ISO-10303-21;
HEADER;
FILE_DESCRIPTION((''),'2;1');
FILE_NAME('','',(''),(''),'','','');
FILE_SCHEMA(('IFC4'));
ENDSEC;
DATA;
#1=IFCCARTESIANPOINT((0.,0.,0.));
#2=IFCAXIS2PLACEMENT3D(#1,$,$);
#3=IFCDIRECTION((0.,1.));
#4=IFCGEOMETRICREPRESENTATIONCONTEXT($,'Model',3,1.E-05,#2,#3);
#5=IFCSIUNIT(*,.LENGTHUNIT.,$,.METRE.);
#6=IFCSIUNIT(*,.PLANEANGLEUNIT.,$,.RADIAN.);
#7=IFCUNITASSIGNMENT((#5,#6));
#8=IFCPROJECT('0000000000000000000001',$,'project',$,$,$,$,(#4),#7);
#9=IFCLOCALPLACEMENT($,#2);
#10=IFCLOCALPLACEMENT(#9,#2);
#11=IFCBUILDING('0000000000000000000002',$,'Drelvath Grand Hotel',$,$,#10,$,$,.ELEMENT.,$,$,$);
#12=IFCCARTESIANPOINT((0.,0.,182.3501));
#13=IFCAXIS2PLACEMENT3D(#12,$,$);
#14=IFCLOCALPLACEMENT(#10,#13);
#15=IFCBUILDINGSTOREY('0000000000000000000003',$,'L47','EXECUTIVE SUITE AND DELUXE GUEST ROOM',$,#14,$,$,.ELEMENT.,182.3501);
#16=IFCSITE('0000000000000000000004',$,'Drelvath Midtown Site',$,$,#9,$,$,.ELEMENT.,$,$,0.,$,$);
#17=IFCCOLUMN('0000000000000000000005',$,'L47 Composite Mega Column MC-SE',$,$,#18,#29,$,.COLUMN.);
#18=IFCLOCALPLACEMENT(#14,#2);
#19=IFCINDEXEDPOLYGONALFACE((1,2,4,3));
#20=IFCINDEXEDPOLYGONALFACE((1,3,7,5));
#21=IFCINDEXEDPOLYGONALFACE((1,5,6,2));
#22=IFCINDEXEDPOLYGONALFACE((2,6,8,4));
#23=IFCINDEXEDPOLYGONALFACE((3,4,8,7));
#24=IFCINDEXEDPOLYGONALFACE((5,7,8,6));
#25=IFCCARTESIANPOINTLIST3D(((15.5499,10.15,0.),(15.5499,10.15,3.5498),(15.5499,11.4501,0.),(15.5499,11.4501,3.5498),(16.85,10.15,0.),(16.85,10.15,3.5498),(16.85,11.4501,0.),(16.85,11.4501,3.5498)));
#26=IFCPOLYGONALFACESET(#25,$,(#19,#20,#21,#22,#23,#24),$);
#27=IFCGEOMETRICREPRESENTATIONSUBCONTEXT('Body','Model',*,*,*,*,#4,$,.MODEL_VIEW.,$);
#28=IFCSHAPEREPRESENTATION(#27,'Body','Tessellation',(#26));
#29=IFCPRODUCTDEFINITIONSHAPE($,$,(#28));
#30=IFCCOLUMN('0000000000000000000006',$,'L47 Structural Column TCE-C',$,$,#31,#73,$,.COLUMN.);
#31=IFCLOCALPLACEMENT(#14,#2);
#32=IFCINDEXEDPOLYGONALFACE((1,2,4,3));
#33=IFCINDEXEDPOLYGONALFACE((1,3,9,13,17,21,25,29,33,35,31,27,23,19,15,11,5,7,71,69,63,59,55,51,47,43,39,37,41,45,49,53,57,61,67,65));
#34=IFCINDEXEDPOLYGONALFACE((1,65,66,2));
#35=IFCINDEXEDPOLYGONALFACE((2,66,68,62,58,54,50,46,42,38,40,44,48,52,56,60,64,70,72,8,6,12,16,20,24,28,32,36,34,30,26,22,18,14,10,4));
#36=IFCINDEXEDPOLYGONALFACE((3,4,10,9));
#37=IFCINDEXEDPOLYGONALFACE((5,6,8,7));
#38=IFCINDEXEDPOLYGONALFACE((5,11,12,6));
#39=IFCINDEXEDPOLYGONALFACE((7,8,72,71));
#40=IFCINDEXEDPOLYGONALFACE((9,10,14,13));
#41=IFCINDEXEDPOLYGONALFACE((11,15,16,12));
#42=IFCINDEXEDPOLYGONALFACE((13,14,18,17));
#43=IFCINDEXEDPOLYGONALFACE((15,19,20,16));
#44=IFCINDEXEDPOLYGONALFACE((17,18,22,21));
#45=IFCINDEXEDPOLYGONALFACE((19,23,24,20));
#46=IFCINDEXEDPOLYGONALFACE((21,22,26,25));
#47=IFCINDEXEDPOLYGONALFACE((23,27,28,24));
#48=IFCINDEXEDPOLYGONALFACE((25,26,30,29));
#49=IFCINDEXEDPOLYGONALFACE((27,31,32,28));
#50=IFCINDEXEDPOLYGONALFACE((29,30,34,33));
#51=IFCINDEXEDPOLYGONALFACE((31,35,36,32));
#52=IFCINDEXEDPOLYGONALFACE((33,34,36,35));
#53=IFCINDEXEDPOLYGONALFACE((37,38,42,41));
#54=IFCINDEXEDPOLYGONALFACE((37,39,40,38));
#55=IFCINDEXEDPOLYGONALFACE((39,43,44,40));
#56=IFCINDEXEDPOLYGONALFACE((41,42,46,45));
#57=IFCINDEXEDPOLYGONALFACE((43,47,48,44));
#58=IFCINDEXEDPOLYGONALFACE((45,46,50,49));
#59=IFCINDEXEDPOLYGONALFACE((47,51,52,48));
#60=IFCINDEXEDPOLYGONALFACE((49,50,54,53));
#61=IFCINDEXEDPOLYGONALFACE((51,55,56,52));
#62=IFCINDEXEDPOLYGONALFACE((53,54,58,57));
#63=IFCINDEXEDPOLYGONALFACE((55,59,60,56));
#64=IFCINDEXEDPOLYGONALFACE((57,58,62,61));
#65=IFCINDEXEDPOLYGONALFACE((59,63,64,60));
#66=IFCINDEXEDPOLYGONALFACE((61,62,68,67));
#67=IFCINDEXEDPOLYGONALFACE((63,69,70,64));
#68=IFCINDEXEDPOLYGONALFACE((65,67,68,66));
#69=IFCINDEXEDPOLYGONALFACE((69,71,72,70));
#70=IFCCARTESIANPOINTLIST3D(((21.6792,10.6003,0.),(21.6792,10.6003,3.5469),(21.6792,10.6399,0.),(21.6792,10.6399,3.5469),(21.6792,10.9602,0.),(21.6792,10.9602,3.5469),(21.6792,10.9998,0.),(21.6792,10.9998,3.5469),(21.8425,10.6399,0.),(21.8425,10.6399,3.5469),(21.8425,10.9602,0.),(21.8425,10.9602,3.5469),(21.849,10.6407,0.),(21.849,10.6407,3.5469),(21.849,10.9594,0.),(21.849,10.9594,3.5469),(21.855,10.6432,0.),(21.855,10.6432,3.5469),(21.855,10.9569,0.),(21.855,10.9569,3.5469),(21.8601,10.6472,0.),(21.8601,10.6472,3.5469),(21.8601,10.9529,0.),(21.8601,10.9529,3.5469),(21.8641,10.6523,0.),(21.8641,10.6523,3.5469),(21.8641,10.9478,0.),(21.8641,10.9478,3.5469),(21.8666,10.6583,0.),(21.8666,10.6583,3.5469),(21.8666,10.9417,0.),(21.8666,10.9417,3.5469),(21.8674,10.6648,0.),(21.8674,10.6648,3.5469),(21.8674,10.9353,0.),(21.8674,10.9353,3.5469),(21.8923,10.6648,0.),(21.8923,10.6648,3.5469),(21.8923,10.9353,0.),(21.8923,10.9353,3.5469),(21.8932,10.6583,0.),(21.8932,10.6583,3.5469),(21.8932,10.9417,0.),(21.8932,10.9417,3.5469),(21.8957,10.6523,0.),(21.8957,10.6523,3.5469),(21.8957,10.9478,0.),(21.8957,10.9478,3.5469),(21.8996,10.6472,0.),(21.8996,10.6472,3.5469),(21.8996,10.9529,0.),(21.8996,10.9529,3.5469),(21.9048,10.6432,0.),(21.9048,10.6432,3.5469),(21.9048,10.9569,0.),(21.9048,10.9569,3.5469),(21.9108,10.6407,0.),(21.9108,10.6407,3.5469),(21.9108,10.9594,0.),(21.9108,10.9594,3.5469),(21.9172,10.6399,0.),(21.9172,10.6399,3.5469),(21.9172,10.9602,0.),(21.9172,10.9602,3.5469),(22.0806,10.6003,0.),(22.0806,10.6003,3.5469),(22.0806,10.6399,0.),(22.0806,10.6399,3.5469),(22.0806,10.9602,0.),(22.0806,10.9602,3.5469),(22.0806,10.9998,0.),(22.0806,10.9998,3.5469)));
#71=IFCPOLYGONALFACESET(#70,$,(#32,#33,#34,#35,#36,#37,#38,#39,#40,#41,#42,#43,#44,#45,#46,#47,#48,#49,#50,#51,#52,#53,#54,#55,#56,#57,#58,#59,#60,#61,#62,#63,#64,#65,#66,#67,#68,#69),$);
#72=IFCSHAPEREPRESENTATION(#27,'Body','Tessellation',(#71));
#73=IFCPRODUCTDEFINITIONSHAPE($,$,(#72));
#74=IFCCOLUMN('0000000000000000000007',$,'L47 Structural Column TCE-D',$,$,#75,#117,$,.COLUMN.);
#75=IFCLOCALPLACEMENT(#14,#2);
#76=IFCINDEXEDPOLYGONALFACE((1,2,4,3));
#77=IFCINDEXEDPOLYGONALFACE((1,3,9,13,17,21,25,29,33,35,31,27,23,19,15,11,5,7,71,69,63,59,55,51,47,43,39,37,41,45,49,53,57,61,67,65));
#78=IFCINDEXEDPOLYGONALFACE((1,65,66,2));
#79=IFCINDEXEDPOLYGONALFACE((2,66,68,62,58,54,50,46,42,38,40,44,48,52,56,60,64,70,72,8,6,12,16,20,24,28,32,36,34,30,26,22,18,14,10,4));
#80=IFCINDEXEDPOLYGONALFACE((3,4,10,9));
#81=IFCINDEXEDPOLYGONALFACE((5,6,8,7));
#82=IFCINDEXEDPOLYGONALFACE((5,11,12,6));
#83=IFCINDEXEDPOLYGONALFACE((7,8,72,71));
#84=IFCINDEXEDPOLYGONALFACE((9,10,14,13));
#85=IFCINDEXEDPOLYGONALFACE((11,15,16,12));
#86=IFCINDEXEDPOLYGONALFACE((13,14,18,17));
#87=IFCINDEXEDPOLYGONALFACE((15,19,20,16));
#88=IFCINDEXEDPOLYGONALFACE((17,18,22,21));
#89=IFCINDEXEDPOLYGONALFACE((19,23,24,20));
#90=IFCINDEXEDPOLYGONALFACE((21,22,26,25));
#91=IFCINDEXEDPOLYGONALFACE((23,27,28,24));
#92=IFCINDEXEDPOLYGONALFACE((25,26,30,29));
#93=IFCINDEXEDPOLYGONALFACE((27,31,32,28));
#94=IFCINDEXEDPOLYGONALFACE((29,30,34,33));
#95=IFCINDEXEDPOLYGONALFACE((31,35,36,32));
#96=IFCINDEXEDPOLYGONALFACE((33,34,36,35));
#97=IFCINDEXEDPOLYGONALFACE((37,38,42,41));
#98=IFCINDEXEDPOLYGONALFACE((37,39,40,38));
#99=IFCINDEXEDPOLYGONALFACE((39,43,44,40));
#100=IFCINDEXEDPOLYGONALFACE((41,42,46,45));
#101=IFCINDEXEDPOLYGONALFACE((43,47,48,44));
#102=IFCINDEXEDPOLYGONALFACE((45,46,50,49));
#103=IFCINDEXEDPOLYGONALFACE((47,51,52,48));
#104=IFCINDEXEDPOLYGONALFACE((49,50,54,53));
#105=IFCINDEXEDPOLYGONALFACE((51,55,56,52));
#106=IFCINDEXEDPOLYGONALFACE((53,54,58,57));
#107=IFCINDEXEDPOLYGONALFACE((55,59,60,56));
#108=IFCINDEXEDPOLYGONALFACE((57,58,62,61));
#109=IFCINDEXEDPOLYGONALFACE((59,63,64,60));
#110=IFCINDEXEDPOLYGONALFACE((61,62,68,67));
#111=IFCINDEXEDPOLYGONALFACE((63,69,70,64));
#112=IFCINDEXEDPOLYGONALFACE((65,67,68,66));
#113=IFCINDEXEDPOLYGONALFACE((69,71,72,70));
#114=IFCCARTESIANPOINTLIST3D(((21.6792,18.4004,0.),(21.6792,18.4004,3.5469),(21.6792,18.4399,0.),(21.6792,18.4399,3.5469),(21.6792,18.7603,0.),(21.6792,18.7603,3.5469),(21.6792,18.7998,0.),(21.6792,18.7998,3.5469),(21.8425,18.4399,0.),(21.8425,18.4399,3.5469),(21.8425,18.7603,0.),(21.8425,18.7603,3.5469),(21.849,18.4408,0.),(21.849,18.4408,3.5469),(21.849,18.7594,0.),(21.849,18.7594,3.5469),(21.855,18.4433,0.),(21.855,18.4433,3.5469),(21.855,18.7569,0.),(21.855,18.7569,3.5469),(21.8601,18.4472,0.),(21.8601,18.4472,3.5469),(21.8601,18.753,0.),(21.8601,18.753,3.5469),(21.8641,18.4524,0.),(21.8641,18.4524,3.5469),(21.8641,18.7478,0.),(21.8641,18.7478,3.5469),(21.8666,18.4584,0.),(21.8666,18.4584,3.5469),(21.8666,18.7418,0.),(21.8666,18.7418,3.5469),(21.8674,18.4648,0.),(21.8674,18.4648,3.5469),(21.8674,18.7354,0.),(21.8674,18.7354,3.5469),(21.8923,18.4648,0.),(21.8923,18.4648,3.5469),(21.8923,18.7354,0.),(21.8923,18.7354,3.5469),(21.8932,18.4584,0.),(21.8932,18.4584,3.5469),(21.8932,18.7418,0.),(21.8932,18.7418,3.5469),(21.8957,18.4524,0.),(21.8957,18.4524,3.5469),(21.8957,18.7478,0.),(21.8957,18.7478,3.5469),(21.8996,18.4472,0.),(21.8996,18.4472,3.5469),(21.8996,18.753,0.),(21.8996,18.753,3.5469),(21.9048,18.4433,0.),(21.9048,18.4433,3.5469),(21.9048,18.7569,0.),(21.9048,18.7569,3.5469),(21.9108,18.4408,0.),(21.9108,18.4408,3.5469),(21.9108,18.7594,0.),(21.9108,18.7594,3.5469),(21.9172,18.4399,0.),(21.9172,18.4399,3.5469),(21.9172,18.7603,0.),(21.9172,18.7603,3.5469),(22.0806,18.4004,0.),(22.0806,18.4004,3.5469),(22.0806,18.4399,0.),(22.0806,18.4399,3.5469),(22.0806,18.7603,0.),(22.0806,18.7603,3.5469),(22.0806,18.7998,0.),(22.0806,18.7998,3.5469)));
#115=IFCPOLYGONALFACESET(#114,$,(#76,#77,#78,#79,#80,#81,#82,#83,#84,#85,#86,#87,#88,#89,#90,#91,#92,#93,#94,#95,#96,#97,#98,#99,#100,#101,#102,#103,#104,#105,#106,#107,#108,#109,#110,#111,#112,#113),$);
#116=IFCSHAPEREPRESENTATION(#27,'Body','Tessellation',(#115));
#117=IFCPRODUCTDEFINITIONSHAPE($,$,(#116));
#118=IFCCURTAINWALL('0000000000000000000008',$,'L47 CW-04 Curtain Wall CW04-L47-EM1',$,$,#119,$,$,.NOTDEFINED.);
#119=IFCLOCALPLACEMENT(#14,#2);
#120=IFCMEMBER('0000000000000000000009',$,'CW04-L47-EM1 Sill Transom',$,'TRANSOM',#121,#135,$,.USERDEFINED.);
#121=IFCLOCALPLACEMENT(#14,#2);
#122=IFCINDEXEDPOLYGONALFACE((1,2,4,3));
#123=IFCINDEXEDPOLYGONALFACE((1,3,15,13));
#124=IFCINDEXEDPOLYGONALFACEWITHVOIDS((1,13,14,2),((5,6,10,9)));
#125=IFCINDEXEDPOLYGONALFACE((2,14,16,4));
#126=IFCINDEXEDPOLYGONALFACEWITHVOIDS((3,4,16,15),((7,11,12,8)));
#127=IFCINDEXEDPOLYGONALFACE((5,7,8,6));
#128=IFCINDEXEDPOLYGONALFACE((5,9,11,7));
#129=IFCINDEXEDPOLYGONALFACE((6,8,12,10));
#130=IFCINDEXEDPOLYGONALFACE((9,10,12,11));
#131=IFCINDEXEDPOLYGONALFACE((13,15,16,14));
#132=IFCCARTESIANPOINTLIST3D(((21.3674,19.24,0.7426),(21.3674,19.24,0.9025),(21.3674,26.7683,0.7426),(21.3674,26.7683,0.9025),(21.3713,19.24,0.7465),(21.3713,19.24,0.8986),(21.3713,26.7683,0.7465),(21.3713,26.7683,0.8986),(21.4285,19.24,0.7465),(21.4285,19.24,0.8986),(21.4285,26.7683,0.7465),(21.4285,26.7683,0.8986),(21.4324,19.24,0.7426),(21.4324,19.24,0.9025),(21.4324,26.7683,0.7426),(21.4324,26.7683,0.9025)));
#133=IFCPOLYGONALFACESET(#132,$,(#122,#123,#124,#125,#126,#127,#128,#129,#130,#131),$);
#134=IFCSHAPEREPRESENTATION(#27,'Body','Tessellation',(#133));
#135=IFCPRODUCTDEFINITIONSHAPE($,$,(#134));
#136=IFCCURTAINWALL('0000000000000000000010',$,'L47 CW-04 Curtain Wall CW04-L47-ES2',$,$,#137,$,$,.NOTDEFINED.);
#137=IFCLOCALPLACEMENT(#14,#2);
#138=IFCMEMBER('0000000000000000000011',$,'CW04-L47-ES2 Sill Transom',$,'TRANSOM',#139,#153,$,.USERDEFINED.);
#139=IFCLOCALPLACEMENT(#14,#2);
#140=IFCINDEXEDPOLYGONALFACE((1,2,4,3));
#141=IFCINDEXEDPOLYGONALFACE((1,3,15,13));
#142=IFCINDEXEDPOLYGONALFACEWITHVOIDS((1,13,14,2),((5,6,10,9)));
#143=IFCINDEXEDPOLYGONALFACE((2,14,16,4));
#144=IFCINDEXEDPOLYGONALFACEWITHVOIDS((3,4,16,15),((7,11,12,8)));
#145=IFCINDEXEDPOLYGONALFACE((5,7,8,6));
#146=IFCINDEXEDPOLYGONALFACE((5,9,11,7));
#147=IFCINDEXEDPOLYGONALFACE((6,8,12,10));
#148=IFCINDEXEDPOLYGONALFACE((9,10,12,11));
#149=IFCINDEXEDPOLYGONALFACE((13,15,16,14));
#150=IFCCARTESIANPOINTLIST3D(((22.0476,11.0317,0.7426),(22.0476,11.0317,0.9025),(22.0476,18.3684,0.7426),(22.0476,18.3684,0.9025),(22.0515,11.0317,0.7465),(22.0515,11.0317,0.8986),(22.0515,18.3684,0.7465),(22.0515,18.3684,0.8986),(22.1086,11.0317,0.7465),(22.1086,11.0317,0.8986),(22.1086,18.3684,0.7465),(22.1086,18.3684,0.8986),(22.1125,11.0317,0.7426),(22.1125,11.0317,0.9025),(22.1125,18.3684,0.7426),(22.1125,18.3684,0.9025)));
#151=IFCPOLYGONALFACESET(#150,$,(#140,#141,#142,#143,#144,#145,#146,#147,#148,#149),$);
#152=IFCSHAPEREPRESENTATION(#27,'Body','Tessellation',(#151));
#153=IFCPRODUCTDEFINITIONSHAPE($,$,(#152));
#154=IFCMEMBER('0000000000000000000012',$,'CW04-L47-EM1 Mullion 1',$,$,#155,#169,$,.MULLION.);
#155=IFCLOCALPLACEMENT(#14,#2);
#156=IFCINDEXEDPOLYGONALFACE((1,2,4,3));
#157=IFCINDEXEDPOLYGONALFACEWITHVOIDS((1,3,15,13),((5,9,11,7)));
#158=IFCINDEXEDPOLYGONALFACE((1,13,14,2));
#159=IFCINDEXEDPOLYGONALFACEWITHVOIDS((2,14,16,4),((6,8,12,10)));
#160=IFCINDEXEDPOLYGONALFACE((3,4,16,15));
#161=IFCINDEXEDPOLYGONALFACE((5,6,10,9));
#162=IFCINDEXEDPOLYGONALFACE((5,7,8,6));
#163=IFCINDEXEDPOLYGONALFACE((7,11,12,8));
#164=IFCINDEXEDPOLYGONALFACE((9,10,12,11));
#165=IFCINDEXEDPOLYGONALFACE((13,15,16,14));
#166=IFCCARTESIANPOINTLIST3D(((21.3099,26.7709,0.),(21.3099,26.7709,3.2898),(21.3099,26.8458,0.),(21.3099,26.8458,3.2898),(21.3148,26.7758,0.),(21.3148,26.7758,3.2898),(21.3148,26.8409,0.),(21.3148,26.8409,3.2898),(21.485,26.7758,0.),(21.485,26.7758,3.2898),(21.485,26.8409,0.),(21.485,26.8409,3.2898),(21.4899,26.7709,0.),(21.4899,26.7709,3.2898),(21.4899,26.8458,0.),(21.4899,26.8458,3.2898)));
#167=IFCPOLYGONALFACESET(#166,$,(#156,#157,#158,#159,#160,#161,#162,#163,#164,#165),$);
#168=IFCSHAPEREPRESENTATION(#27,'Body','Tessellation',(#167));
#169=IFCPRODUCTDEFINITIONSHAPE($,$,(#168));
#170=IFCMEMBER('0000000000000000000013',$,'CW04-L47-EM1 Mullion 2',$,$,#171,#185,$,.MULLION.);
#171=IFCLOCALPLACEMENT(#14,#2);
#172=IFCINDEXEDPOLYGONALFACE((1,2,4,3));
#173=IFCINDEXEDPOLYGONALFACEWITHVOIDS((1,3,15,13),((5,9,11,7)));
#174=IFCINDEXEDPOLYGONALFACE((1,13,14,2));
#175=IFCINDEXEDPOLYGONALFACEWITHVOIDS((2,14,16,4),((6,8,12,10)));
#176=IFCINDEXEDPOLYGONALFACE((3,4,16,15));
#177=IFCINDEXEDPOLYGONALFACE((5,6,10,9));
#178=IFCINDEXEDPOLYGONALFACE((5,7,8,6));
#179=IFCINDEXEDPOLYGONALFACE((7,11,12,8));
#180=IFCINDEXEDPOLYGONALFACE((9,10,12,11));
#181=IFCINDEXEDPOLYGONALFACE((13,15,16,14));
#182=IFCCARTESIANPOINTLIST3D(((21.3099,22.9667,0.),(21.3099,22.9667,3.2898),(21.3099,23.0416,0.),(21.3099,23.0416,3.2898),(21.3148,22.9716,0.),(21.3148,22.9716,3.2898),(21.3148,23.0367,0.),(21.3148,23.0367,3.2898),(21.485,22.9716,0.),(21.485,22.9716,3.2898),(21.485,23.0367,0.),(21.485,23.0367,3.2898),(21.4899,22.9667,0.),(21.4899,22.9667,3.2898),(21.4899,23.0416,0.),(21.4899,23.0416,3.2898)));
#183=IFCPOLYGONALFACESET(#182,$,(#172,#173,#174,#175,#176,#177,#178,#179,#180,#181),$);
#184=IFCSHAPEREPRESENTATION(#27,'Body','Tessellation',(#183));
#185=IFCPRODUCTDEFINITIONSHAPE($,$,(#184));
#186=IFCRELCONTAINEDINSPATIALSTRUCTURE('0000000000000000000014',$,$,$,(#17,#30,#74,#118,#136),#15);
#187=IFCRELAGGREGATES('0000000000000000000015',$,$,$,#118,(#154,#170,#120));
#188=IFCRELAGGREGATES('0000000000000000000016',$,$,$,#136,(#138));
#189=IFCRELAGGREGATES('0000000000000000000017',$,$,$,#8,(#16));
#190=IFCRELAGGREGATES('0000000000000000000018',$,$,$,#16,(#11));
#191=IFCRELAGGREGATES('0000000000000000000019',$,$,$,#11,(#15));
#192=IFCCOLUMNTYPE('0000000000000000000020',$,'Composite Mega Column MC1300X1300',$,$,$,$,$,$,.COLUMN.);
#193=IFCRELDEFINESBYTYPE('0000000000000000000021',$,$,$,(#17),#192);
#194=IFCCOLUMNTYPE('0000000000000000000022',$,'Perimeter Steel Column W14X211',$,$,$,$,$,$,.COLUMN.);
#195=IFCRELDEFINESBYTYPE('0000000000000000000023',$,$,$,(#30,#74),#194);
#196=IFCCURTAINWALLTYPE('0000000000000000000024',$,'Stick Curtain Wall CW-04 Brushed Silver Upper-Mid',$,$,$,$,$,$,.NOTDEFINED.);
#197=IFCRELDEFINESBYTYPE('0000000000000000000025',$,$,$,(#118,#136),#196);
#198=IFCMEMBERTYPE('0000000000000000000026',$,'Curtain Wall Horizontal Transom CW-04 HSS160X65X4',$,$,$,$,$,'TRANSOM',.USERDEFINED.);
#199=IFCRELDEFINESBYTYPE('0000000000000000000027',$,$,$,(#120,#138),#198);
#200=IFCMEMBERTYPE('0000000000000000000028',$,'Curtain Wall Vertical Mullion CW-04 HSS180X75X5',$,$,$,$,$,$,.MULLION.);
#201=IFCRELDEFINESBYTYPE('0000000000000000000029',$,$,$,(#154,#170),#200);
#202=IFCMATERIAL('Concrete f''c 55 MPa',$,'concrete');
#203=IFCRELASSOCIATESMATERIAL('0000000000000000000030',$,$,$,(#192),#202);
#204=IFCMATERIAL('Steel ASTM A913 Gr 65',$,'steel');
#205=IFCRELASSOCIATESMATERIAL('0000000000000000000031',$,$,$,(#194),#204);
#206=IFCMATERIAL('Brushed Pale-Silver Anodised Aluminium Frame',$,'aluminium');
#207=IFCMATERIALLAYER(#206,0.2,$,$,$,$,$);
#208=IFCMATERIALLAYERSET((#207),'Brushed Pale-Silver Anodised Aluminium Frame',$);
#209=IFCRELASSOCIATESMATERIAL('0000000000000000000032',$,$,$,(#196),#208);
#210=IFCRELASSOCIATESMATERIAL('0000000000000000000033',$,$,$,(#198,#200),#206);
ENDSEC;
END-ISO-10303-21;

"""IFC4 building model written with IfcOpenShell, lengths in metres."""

from ifc_helpers import new_model, si_unit, direction, frame, origin, origin_2d, place, context, subcontext, project, spatial, rectangle, hollow_rectangle, i_section, extrude, material, layer, layer_set, material_profile, profile_set, type_object, element, aggregate, save


model = new_model("IFC4")

# Units and contexts
model_context = context("Model", 3, precision=1e-05, world=origin(), true_north=direction((0.0, 1.0)))
body_context = subcontext(model_context, "Body", "Model", "MODEL_VIEW")
ifc_project = project(units=[si_unit("LENGTHUNIT", "METRE"), si_unit("PLANEANGLEUNIT", "RADIAN")], contexts=[model_context])

# Site, building, storey
site_placement = place(None, origin())
site = spatial("IfcSite", under=ifc_project, at=site_placement, Name="Drelvath Midtown Site", CompositionType="ELEMENT", RefElevation=0.0)
building_placement = place(site_placement, origin())
building = spatial("IfcBuilding", under=site, at=building_placement, Name="Drelvath Grand Hotel", CompositionType="ELEMENT")
storey_placement = place(building_placement, frame((0.0, 0.0, 182.3501)))
storey = spatial("IfcBuildingStorey", under=building, at=storey_placement, Name="L47", Description="EXECUTIVE SUITE AND DELUXE GUEST ROOM", CompositionType="ELEMENT", Elevation=182.3501)

# Columns
ifc_material_1 = material(Name="Concrete f'c 55 MPa", Category="concrete")
ifc_material_profile_1 = material_profile(ifc_material_1, rectangle(XDim=1.3, YDim=1.3, at=origin_2d()), Name="MC1300X1300")
ifc_profile_set_1 = profile_set([ifc_material_profile_1], Name="Concrete f'c 55 MPa")
column_type_1 = type_object("IfcColumnType", Name="Composite Mega Column MC1300X1300", PredefinedType="COLUMN", material=ifc_profile_set_1)
column_placement = place(storey_placement, frame((16.2, 10.8, 0.0), z_axis=(0.0, 0.0, 1.0), x_axis=(1.0, 0.0, 0.0)))
element("IfcColumn", 1, at=column_placement, inside=storey, type_object=column_type_1, Name="L47 Composite Mega Column MC-SE", PredefinedType="COLUMN", context=body_context, shape_type="SweptSolid", body=[
    extrude(rectangle(XDim=1.3, YDim=1.3, at=origin_2d()), origin(), (0.0, 0.0, 1.0), 3.5498),
])
ifc_material_2 = material(Name="Steel ASTM A913 Gr 65", Category="steel")
ifc_material_profile_2 = material_profile(ifc_material_2, i_section(OverallWidth=0.4014, OverallDepth=0.3994, WebThickness=0.0249, FlangeThickness=0.0396, FilletRadius=0.0249, at=origin_2d()), Name="W14X211")
ifc_profile_set_2 = profile_set([ifc_material_profile_2], Name="Steel ASTM A913 Gr 65")
column_type_2 = type_object("IfcColumnType", Name="Perimeter Steel Column W14X211", PredefinedType="COLUMN", material=ifc_profile_set_2)
for number, where, z_axis, x_axis, name in (
    (2, (21.8799, 10.8, 0.0), (0.0, 0.0, 1.0), (1.0, 0.0, 0.0), "L47 Structural Column TCE-C"),
    (3, (21.8799, 18.6001, 0.0), (0.0, 0.0, 1.0), (1.0, 0.0, 0.0), "L47 Structural Column TCE-D"),
):
    element("IfcColumn", number, at=place(storey_placement, frame(where, z_axis=z_axis, x_axis=x_axis)), inside=storey, type_object=column_type_2, Name=name, PredefinedType="COLUMN", context=body_context, shape_type="SweptSolid", body=[
        extrude(i_section(OverallWidth=0.4014, OverallDepth=0.3994, WebThickness=0.0249, FlangeThickness=0.0396, FilletRadius=0.0249, at=origin_2d()), origin(), (0.0, 0.0, 1.0), 3.5469),
    ])

# Curtain walls, members
ifc_material_3 = material(Name="Brushed Pale-Silver Anodised Aluminium Frame", Category="aluminium")
ifc_layer_1 = layer(ifc_material_3, 0.2)
ifc_layer_set_1 = layer_set([ifc_layer_1], Name="Brushed Pale-Silver Anodised Aluminium Frame")
curtain_wall_type = type_object("IfcCurtainWallType", Name="Stick Curtain Wall CW-04 Brushed Silver Upper-Mid", PredefinedType="NOTDEFINED", material=ifc_layer_set_1)
curtain_wall_1_placement = place(storey_placement, origin())
curtain_wall_1 = element("IfcCurtainWall", 4, at=curtain_wall_1_placement, inside=storey, type_object=curtain_wall_type, Name="L47 CW-04 Curtain Wall CW04-L47-EM1", PredefinedType="NOTDEFINED")
ifc_material_profile_3 = material_profile(ifc_material_3, hollow_rectangle(XDim=0.0649, YDim=0.1599, WallThickness=0.0039, at=origin_2d()), Name="HSS160X65X4")
ifc_profile_set_3 = profile_set([ifc_material_profile_3], Name="Brushed Pale-Silver Anodised Aluminium Frame")
member_type_1 = type_object("IfcMemberType", Name="Curtain Wall Horizontal Transom CW-04 HSS160X65X4", ElementType="TRANSOM", PredefinedType="USERDEFINED", material=ifc_profile_set_3)
member_1_placement = place(storey_placement, frame((21.3999, 26.7683, 0.8225), z_axis=(0.0, -1.0, 0.0), x_axis=(1.0, 0.0, 0.0)))
member_1 = element("IfcMember", 5, at=member_1_placement, type_object=member_type_1, Name="CW04-L47-EM1 Sill Transom", ObjectType="TRANSOM", PredefinedType="USERDEFINED", context=body_context, shape_type="SweptSolid", body=[
    extrude(hollow_rectangle(XDim=0.0649, YDim=0.1599, WallThickness=0.0039, at=origin_2d()), origin(), (0.0, 0.0, 1.0), 7.5283),
])
curtain_wall_2_placement = place(storey_placement, origin())
curtain_wall_2 = element("IfcCurtainWall", 6, at=curtain_wall_2_placement, inside=storey, type_object=curtain_wall_type, Name="L47 CW-04 Curtain Wall CW04-L47-ES2", PredefinedType="NOTDEFINED")
member_2_placement = place(storey_placement, frame((22.0801, 18.3684, 0.8225), z_axis=(0.0, -1.0, 0.0), x_axis=(1.0, 0.0, 0.0)))
member_2 = element("IfcMember", 7, at=member_2_placement, type_object=member_type_1, Name="CW04-L47-ES2 Sill Transom", ObjectType="TRANSOM", PredefinedType="USERDEFINED", context=body_context, shape_type="SweptSolid", body=[
    extrude(hollow_rectangle(XDim=0.0649, YDim=0.1599, WallThickness=0.0039, at=origin_2d()), origin(), (0.0, 0.0, 1.0), 7.3367),
])

# Members
ifc_material_profile_4 = material_profile(ifc_material_3, hollow_rectangle(XDim=0.075, YDim=0.1799, WallThickness=0.0049, at=origin_2d()), Name="HSS180X75X5")
ifc_profile_set_4 = profile_set([ifc_material_profile_4], Name="Brushed Pale-Silver Anodised Aluminium Frame")
member_type_2 = type_object("IfcMemberType", Name="Curtain Wall Vertical Mullion CW-04 HSS180X75X5", PredefinedType="MULLION", material=ifc_profile_set_4)
member_3_placement = place(storey_placement, frame((21.3999, 26.8083, 0.0), z_axis=(0.0, 0.0, 1.0), x_axis=(0.0, 1.0, 0.0)))
member_3 = element("IfcMember", 8, at=member_3_placement, type_object=member_type_2, Name="CW04-L47-EM1 Mullion 1", PredefinedType="MULLION", context=body_context, shape_type="SweptSolid", body=[
    extrude(hollow_rectangle(XDim=0.075, YDim=0.1799, WallThickness=0.0049, at=origin_2d()), origin(), (0.0, 0.0, 1.0), 3.2898),
])
member_4_placement = place(storey_placement, frame((21.3999, 23.0042, 0.0), z_axis=(0.0, 0.0, 1.0), x_axis=(0.0, 1.0, 0.0)))
member_4 = element("IfcMember", 9, at=member_4_placement, type_object=member_type_2, Name="CW04-L47-EM1 Mullion 2", PredefinedType="MULLION", context=body_context, shape_type="SweptSolid", body=[
    extrude(hollow_rectangle(XDim=0.075, YDim=0.1799, WallThickness=0.0049, at=origin_2d()), origin(), (0.0, 0.0, 1.0), 3.2898),
])

aggregate(curtain_wall_1, [member_3, member_4, member_1])
aggregate(curtain_wall_2, [member_2])

save(model, "model.ifc")
